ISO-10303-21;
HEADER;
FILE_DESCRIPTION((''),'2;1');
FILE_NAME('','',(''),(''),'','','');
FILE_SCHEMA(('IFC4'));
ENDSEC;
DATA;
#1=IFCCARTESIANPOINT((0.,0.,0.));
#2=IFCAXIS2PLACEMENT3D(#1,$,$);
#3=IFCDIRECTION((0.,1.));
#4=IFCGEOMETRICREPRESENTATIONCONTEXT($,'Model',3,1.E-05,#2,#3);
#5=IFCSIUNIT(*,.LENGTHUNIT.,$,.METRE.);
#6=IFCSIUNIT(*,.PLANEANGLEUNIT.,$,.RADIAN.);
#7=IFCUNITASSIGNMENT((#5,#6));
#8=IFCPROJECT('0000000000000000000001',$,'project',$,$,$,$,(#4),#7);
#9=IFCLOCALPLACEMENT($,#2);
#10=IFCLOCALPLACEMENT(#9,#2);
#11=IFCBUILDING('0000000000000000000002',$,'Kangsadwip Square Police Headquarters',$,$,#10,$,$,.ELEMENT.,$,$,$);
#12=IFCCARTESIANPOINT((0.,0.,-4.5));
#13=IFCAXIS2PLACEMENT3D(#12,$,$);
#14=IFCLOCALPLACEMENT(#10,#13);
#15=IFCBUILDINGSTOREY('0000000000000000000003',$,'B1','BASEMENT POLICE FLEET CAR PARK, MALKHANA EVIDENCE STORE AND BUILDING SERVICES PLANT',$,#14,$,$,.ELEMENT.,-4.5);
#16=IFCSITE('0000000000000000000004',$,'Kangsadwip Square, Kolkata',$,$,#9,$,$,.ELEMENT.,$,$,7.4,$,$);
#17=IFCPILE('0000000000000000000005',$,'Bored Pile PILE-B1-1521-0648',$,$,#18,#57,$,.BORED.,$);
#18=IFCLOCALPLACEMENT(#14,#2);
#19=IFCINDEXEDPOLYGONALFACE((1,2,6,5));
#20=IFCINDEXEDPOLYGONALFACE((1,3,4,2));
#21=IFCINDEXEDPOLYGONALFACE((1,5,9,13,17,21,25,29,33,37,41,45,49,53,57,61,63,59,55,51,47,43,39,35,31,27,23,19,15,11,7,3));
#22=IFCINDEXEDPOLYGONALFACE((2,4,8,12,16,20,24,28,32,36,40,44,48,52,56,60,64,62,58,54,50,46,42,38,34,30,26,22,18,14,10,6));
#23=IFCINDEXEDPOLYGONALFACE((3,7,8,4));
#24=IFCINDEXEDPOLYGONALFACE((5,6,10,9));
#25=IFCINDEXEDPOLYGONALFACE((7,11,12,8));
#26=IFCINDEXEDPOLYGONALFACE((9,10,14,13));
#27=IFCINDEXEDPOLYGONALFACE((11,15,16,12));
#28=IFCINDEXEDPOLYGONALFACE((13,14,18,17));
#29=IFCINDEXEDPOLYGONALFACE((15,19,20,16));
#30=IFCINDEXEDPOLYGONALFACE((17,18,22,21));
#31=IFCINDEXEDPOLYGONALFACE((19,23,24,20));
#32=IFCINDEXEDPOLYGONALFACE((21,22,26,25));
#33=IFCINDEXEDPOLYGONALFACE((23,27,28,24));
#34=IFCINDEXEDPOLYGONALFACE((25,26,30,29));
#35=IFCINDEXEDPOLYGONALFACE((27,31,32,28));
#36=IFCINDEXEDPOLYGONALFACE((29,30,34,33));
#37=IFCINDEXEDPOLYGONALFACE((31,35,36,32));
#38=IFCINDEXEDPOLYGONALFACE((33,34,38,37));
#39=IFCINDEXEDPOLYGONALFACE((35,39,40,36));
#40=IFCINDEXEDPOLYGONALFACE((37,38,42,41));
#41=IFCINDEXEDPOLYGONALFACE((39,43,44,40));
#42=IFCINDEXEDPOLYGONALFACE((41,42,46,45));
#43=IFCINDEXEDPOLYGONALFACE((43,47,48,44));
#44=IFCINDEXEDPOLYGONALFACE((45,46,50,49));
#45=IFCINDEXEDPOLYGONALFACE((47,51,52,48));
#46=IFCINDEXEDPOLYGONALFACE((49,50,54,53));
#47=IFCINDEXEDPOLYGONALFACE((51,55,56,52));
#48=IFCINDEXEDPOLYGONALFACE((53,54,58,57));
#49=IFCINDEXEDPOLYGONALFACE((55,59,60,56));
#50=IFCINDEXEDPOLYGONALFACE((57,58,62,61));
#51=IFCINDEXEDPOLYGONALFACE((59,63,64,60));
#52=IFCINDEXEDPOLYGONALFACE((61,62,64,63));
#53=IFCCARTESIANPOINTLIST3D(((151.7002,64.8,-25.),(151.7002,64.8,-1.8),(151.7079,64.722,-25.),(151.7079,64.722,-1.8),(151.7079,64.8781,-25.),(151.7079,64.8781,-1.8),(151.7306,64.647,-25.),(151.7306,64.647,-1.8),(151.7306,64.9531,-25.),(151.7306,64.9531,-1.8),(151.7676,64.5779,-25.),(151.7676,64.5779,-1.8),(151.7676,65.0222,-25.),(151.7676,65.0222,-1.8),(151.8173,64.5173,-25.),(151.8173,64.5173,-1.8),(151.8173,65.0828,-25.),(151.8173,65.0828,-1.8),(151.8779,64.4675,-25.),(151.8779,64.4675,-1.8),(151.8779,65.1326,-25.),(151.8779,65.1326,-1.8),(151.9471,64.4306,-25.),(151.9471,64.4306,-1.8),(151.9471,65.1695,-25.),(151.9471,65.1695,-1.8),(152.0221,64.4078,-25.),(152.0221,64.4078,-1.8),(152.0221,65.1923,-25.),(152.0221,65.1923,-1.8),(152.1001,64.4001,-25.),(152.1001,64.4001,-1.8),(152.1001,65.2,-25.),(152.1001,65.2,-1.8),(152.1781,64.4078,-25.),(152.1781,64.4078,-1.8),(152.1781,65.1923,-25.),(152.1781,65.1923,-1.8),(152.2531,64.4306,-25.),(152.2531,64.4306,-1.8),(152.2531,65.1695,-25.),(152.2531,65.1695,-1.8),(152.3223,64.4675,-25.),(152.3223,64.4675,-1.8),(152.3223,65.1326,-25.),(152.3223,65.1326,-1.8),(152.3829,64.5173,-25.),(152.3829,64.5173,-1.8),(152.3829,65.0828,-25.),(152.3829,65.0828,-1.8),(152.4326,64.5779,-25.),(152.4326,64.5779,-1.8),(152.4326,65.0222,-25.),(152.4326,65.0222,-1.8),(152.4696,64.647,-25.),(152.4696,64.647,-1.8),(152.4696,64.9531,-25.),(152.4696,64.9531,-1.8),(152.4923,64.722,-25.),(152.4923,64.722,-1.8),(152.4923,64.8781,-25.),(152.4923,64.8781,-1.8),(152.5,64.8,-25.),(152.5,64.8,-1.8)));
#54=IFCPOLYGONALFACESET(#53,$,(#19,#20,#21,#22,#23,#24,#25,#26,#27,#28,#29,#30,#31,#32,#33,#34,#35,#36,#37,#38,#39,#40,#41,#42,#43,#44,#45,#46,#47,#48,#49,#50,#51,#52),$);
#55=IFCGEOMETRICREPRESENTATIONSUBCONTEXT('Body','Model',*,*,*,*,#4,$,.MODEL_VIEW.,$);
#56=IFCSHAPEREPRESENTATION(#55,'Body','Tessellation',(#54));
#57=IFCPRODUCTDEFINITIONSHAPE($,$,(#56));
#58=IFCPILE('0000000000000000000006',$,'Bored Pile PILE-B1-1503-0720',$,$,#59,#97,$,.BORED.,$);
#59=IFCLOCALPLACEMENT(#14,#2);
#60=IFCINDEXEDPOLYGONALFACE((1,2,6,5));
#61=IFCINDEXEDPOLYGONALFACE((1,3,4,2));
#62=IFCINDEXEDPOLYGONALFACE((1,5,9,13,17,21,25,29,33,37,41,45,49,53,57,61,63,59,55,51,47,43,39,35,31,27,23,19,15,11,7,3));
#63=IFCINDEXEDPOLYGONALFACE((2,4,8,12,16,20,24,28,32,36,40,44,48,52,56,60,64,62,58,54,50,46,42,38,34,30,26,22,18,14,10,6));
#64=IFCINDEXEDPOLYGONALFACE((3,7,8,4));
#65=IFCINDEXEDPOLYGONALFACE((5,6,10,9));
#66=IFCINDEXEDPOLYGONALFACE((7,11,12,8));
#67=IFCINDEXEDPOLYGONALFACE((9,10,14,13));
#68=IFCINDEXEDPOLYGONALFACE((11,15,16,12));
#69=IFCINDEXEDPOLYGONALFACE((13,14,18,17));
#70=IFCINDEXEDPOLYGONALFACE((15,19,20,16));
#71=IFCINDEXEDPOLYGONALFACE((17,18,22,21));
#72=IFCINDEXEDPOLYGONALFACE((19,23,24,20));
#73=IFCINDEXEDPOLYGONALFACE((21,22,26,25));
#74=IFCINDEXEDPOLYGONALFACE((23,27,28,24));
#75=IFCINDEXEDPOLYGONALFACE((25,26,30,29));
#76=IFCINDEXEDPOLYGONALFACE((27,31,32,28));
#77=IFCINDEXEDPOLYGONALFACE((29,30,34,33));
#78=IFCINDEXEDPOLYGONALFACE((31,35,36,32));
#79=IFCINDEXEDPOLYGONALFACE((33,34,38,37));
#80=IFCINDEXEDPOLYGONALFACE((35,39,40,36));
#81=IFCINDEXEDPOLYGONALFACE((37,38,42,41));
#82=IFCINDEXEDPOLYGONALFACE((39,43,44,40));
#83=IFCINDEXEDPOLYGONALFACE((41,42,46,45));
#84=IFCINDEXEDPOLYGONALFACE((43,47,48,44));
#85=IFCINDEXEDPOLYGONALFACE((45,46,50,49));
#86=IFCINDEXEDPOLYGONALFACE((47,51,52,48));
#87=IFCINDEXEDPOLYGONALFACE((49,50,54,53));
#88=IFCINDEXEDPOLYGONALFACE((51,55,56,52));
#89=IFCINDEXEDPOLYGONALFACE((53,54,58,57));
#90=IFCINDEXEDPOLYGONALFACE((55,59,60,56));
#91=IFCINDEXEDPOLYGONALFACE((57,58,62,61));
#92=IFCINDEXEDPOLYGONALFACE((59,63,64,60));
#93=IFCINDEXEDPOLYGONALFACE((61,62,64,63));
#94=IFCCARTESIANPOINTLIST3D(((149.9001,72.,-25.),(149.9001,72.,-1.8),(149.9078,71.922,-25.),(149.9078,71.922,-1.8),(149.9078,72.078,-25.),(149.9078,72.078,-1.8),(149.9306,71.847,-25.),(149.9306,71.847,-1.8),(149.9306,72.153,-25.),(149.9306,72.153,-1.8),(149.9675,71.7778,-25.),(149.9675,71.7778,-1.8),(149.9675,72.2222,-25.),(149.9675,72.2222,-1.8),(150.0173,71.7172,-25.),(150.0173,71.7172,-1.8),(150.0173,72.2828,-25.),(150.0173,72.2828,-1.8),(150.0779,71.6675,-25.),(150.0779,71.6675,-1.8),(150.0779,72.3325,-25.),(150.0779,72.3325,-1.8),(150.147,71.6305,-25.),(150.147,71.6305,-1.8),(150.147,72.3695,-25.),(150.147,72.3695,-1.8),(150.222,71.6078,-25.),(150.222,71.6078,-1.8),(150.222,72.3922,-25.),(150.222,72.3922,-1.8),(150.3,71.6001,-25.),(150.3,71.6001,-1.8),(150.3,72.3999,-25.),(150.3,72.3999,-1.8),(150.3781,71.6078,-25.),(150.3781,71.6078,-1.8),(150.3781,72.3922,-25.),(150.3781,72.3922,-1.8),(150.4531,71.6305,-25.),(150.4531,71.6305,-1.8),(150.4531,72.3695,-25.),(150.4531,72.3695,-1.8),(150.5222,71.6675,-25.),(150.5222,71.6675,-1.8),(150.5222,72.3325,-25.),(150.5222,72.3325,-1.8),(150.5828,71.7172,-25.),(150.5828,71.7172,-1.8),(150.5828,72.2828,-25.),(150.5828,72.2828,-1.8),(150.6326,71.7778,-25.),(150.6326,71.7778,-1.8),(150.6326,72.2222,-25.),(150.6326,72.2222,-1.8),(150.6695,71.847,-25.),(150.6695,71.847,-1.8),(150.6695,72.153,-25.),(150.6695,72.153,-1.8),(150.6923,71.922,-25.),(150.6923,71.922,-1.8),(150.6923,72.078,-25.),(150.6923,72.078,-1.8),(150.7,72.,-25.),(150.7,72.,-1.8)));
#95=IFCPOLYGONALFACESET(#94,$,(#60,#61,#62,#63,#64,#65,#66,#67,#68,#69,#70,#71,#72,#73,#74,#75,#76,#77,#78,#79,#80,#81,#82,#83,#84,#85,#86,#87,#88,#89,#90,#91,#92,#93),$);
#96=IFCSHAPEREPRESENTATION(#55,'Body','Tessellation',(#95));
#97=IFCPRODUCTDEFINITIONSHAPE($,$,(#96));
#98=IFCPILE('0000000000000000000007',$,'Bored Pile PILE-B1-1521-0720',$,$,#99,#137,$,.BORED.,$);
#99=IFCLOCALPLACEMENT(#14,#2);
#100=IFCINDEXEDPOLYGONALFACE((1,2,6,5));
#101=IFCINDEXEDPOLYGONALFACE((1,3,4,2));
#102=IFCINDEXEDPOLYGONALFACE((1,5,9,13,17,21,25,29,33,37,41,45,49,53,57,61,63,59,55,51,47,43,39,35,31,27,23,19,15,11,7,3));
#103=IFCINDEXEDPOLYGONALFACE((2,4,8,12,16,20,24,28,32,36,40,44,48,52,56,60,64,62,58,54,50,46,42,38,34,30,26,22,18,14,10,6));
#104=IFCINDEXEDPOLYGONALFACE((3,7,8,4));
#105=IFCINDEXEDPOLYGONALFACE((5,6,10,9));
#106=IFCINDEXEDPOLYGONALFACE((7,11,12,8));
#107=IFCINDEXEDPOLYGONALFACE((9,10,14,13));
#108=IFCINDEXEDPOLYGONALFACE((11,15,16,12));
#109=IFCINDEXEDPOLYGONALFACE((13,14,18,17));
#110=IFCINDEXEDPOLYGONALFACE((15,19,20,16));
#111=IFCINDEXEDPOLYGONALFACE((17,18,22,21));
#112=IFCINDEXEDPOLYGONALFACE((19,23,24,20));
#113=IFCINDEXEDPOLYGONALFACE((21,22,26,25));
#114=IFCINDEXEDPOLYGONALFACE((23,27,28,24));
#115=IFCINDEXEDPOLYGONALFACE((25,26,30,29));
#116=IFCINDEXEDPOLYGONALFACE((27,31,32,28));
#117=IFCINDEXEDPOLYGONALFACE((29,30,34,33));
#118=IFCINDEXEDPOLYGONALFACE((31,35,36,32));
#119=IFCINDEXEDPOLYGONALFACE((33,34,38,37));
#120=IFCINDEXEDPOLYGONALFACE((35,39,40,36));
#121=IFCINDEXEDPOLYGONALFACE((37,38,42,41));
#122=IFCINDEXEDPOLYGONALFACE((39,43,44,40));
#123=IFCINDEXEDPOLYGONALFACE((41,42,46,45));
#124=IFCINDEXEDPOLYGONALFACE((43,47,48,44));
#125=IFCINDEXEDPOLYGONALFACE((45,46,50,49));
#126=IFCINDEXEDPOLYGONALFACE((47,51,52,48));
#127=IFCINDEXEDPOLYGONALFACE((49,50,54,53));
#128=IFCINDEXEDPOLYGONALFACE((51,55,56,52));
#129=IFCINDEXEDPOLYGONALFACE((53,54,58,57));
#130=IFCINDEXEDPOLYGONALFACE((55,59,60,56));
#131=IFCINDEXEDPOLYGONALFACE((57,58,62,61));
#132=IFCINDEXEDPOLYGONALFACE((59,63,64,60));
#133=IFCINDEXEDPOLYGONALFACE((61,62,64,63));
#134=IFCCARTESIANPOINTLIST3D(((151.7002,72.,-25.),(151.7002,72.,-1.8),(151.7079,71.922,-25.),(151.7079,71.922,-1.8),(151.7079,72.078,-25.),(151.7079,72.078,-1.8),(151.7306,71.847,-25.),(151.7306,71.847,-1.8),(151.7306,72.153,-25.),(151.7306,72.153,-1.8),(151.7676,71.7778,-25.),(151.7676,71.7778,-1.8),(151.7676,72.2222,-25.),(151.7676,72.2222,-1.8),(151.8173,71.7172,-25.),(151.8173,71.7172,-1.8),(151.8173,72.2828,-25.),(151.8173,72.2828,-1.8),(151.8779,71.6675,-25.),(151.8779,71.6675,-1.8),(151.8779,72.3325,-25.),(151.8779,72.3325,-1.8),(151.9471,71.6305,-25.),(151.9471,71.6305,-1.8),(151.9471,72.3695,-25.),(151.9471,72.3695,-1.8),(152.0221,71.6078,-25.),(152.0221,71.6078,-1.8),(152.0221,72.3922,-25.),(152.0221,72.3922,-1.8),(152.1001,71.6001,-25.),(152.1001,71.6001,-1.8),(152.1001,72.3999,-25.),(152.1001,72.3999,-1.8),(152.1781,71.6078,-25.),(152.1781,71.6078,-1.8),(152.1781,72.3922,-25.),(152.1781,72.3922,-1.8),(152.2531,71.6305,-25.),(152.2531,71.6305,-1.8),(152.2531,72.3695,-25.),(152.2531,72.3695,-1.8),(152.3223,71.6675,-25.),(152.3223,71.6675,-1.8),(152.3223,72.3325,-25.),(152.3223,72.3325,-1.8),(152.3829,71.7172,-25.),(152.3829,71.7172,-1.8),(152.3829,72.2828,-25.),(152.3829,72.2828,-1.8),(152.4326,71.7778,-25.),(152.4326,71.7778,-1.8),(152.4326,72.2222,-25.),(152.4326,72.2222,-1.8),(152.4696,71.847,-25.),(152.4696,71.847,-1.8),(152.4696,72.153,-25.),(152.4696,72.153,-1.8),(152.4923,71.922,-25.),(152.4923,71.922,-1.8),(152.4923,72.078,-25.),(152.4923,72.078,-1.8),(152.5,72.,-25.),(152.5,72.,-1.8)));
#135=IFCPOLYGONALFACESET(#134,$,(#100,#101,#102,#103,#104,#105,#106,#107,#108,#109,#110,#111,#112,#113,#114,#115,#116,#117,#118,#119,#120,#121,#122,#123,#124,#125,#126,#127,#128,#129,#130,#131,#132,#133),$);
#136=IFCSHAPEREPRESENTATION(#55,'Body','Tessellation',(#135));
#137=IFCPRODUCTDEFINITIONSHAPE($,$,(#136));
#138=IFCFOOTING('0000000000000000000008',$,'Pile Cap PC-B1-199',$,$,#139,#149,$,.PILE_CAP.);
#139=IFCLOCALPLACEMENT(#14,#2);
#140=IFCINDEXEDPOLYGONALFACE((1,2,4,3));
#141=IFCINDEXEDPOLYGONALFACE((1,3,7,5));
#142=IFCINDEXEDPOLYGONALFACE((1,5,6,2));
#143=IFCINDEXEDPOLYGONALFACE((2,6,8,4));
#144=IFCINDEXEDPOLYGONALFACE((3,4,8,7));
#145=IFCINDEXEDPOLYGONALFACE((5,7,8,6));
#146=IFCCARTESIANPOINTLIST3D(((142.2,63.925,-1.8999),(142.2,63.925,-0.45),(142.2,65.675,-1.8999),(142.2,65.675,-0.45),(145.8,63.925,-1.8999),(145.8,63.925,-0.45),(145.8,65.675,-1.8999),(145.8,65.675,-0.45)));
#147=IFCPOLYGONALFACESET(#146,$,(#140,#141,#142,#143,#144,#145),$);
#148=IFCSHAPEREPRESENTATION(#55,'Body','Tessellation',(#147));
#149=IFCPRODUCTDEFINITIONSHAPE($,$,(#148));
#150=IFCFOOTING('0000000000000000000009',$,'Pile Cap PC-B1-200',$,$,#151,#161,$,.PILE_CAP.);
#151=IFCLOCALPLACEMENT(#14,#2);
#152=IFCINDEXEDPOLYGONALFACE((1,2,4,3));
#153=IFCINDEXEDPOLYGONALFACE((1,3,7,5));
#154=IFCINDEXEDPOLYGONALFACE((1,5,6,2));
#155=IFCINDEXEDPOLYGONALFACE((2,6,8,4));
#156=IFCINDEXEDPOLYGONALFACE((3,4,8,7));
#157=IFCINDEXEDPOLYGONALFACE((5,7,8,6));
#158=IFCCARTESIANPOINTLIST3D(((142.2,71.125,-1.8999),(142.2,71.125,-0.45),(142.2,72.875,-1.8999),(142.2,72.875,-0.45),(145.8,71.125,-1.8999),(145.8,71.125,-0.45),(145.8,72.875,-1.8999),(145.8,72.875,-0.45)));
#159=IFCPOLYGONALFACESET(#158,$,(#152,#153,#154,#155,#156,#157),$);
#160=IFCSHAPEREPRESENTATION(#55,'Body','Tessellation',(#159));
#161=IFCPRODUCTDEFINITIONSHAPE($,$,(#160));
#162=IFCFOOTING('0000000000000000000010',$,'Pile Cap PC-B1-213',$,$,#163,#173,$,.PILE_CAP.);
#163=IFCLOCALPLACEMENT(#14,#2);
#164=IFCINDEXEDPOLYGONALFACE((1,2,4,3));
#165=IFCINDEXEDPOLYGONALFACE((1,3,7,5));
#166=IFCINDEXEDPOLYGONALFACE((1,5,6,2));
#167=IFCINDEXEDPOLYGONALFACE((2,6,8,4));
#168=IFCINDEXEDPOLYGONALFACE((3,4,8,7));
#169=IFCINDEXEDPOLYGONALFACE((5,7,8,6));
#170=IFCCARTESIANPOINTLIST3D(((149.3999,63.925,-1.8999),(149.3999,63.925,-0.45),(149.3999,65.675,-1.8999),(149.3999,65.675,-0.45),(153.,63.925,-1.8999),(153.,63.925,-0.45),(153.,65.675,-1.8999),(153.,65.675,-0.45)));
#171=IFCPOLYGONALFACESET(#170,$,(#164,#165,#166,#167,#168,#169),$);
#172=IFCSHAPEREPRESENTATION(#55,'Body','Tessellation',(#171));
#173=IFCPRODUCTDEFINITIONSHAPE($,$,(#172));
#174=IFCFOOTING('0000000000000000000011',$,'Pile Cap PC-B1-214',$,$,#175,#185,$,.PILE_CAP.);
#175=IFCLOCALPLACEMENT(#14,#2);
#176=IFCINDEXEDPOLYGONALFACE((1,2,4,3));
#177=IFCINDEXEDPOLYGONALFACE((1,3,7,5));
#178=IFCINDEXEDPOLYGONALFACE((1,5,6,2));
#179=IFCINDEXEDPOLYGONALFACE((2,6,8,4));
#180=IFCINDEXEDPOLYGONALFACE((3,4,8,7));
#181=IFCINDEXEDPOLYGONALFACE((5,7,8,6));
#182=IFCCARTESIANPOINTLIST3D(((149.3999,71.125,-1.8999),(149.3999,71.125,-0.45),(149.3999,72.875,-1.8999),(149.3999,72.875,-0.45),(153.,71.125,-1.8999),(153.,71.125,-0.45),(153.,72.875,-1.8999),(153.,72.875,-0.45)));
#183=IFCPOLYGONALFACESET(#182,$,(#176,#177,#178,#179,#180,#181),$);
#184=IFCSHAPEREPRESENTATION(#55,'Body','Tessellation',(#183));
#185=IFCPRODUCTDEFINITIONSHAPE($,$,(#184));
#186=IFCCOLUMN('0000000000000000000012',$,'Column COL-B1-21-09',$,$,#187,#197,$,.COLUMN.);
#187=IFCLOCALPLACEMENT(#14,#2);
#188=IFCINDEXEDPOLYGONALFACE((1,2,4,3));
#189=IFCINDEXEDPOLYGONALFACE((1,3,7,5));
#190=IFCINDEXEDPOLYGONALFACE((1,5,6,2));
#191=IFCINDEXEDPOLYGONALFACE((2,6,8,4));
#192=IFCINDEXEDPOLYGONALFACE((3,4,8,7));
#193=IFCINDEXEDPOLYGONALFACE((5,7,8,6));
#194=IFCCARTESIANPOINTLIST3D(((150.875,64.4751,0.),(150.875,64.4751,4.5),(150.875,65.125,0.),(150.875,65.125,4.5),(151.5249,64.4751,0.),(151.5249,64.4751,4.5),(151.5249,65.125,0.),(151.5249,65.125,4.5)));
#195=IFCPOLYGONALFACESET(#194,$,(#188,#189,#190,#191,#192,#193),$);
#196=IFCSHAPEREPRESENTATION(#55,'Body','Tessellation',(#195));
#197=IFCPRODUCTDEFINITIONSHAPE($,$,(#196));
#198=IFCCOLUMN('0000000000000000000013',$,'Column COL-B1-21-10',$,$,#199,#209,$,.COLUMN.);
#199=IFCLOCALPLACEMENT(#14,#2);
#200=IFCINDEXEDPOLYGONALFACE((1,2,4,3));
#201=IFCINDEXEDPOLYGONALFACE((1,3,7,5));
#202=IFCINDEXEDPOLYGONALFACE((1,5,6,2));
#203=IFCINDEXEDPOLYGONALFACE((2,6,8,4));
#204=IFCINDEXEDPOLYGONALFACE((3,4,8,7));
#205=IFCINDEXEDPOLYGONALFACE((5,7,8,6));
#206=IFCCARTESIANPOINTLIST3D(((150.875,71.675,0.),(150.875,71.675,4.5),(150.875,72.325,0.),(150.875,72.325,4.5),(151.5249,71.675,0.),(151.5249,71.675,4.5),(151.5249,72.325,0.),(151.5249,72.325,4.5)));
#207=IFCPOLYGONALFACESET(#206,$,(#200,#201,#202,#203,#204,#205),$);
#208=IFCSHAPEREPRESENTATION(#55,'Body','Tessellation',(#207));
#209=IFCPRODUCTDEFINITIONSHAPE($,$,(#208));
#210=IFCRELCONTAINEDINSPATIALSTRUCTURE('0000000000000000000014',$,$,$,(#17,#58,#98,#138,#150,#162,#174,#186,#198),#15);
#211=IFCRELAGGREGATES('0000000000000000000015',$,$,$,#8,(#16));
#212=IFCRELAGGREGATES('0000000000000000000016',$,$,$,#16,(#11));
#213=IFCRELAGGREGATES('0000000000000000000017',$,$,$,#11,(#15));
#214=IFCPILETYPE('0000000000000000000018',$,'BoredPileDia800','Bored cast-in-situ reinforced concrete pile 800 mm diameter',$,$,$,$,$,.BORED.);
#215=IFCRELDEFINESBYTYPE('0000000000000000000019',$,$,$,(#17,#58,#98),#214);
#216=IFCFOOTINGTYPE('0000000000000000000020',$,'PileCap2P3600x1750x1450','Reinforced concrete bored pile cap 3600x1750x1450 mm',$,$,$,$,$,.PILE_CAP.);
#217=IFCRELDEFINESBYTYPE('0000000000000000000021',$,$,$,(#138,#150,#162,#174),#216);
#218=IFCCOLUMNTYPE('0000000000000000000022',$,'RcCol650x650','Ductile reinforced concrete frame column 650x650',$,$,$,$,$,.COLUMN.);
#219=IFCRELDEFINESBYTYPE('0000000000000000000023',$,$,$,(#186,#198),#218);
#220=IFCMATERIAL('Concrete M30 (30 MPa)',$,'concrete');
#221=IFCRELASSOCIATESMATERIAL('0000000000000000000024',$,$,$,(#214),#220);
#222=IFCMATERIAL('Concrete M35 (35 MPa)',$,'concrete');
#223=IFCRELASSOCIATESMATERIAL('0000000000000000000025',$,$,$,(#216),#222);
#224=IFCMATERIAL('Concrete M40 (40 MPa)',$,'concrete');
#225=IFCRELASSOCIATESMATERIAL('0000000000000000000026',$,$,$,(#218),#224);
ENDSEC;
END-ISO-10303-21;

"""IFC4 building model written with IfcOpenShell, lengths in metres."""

from ifc_helpers import new_model, si_unit, direction, frame, origin, origin_2d, place, context, subcontext, project, spatial, rectangle, circle, extrude, material, material_profile, profile_set, type_object, element, save


model = new_model("IFC4")

# Units and contexts
model_context = context("Model", 3, precision=1e-05, world=origin(), true_north=direction((0.0, 1.0)))
body_context = subcontext(model_context, "Body", "Model", "MODEL_VIEW")
ifc_project = project(units=[si_unit("LENGTHUNIT", "METRE"), si_unit("PLANEANGLEUNIT", "RADIAN")], contexts=[model_context])

# Site, building, storey
site_placement = place(None, origin())
site = spatial("IfcSite", under=ifc_project, at=site_placement, Name="Kangsadwip Square, Kolkata", CompositionType="ELEMENT", RefElevation=7.4)
building_placement = place(site_placement, origin())
building = spatial("IfcBuilding", under=site, at=building_placement, Name="Kangsadwip Square Police Headquarters", CompositionType="ELEMENT")
storey_placement = place(building_placement, frame((0.0, 0.0, -4.5)))
storey = spatial("IfcBuildingStorey", under=building, at=storey_placement, Name="B1", Description="BASEMENT POLICE FLEET CAR PARK, MALKHANA EVIDENCE STORE AND BUILDING SERVICES PLANT", CompositionType="ELEMENT", Elevation=-4.5)

# Piles
ifc_material_1 = material(Name="Concrete M30 (30 MPa)", Category="concrete")
ifc_material_profile_1 = material_profile(ifc_material_1, circle(Radius=0.3999, at=origin_2d()), Name="PILE DIA 800")
ifc_profile_set_1 = profile_set([ifc_material_profile_1], Name="Concrete M30 (30 MPa)")
pile_type = type_object("IfcPileType", Name="BoredPileDia800", Description="Bored cast-in-situ reinforced concrete pile 800 mm diameter", PredefinedType="BORED", material=ifc_profile_set_1)
for number, where, z_axis, x_axis, name in (
    (1, (152.1001, 64.8, -1.8), (0.0, 0.0, -1.0), (1.0, 0.0, 0.0), "Bored Pile PILE-B1-1521-0648"),
    (2, (150.3, 72.0, -1.8), (0.0, 0.0, -1.0), (1.0, 0.0, 0.0), "Bored Pile PILE-B1-1503-0720"),
    (3, (152.1001, 72.0, -1.8), (0.0, 0.0, -1.0), (1.0, 0.0, 0.0), "Bored Pile PILE-B1-1521-0720"),
):
    element("IfcPile", number, at=place(storey_placement, frame(where, z_axis=z_axis, x_axis=x_axis)), inside=storey, type_object=pile_type, Name=name, PredefinedType="BORED", context=body_context, shape_type="SweptSolid", body=[
        extrude(circle(Radius=0.3999, at=origin_2d()), origin(), (0.0, 0.0, 1.0), 23.2),
    ])

# Footings
ifc_material_2 = material(Name="Concrete M35 (35 MPa)", Category="concrete")
footing_type = type_object("IfcFootingType", Name="PileCap2P3600x1750x1450", Description="Reinforced concrete bored pile cap 3600x1750x1450 mm", PredefinedType="PILE_CAP", material=ifc_material_2)
for number, where, z_axis, x_axis, name in (
    (4, (144.0, 64.8, -1.8999), (0.0, 0.0, 1.0), (1.0, 0.0, 0.0), "Pile Cap PC-B1-199"),
    (5, (144.0, 72.0, -1.8999), (0.0, 0.0, 1.0), (1.0, 0.0, 0.0), "Pile Cap PC-B1-200"),
    (6, (151.2, 64.8, -1.8999), (0.0, 0.0, 1.0), (1.0, 0.0, 0.0), "Pile Cap PC-B1-213"),
    (7, (151.2, 72.0, -1.8999), (0.0, 0.0, 1.0), (1.0, 0.0, 0.0), "Pile Cap PC-B1-214"),
):
    element("IfcFooting", number, at=place(storey_placement, frame(where, z_axis=z_axis, x_axis=x_axis)), inside=storey, type_object=footing_type, Name=name, PredefinedType="PILE_CAP", context=body_context, shape_type="SweptSolid", body=[
        extrude(rectangle(XDim=3.6001, YDim=1.75, at=origin_2d()), origin(), (0.0, 0.0, 1.0), 1.45),
    ])

# Columns
ifc_material_3 = material(Name="Concrete M40 (40 MPa)", Category="concrete")
ifc_material_profile_2 = material_profile(ifc_material_3, rectangle(XDim=0.6499, YDim=0.6499, at=origin_2d()), Name="RC COL 650X650")
ifc_profile_set_2 = profile_set([ifc_material_profile_2], Name="Concrete M40 (40 MPa)")
column_type_1 = type_object("IfcColumnType", Name="RcCol650x650", Description="Ductile reinforced concrete frame column 650x650", PredefinedType="COLUMN", material=ifc_profile_set_2)
for number, where, z_axis, x_axis, name in (
    (8, (151.2, 64.8, 0.0), (0.0, 0.0, 1.0), (1.0, 0.0, 0.0), "Column COL-B1-21-09"),
    (9, (151.2, 72.0, 0.0), (0.0, 0.0, 1.0), (1.0, 0.0, 0.0), "Column COL-B1-21-10"),
):
    element("IfcColumn", number, at=place(storey_placement, frame(where, z_axis=z_axis, x_axis=x_axis)), inside=storey, type_object=column_type_1, Name=name, PredefinedType="COLUMN", context=body_context, shape_type="SweptSolid", body=[
        extrude(rectangle(XDim=0.6499, YDim=0.6499, at=origin_2d()), origin(), (0.0, 0.0, 1.0), 4.5),
    ])

save(model, "model.ifc")
